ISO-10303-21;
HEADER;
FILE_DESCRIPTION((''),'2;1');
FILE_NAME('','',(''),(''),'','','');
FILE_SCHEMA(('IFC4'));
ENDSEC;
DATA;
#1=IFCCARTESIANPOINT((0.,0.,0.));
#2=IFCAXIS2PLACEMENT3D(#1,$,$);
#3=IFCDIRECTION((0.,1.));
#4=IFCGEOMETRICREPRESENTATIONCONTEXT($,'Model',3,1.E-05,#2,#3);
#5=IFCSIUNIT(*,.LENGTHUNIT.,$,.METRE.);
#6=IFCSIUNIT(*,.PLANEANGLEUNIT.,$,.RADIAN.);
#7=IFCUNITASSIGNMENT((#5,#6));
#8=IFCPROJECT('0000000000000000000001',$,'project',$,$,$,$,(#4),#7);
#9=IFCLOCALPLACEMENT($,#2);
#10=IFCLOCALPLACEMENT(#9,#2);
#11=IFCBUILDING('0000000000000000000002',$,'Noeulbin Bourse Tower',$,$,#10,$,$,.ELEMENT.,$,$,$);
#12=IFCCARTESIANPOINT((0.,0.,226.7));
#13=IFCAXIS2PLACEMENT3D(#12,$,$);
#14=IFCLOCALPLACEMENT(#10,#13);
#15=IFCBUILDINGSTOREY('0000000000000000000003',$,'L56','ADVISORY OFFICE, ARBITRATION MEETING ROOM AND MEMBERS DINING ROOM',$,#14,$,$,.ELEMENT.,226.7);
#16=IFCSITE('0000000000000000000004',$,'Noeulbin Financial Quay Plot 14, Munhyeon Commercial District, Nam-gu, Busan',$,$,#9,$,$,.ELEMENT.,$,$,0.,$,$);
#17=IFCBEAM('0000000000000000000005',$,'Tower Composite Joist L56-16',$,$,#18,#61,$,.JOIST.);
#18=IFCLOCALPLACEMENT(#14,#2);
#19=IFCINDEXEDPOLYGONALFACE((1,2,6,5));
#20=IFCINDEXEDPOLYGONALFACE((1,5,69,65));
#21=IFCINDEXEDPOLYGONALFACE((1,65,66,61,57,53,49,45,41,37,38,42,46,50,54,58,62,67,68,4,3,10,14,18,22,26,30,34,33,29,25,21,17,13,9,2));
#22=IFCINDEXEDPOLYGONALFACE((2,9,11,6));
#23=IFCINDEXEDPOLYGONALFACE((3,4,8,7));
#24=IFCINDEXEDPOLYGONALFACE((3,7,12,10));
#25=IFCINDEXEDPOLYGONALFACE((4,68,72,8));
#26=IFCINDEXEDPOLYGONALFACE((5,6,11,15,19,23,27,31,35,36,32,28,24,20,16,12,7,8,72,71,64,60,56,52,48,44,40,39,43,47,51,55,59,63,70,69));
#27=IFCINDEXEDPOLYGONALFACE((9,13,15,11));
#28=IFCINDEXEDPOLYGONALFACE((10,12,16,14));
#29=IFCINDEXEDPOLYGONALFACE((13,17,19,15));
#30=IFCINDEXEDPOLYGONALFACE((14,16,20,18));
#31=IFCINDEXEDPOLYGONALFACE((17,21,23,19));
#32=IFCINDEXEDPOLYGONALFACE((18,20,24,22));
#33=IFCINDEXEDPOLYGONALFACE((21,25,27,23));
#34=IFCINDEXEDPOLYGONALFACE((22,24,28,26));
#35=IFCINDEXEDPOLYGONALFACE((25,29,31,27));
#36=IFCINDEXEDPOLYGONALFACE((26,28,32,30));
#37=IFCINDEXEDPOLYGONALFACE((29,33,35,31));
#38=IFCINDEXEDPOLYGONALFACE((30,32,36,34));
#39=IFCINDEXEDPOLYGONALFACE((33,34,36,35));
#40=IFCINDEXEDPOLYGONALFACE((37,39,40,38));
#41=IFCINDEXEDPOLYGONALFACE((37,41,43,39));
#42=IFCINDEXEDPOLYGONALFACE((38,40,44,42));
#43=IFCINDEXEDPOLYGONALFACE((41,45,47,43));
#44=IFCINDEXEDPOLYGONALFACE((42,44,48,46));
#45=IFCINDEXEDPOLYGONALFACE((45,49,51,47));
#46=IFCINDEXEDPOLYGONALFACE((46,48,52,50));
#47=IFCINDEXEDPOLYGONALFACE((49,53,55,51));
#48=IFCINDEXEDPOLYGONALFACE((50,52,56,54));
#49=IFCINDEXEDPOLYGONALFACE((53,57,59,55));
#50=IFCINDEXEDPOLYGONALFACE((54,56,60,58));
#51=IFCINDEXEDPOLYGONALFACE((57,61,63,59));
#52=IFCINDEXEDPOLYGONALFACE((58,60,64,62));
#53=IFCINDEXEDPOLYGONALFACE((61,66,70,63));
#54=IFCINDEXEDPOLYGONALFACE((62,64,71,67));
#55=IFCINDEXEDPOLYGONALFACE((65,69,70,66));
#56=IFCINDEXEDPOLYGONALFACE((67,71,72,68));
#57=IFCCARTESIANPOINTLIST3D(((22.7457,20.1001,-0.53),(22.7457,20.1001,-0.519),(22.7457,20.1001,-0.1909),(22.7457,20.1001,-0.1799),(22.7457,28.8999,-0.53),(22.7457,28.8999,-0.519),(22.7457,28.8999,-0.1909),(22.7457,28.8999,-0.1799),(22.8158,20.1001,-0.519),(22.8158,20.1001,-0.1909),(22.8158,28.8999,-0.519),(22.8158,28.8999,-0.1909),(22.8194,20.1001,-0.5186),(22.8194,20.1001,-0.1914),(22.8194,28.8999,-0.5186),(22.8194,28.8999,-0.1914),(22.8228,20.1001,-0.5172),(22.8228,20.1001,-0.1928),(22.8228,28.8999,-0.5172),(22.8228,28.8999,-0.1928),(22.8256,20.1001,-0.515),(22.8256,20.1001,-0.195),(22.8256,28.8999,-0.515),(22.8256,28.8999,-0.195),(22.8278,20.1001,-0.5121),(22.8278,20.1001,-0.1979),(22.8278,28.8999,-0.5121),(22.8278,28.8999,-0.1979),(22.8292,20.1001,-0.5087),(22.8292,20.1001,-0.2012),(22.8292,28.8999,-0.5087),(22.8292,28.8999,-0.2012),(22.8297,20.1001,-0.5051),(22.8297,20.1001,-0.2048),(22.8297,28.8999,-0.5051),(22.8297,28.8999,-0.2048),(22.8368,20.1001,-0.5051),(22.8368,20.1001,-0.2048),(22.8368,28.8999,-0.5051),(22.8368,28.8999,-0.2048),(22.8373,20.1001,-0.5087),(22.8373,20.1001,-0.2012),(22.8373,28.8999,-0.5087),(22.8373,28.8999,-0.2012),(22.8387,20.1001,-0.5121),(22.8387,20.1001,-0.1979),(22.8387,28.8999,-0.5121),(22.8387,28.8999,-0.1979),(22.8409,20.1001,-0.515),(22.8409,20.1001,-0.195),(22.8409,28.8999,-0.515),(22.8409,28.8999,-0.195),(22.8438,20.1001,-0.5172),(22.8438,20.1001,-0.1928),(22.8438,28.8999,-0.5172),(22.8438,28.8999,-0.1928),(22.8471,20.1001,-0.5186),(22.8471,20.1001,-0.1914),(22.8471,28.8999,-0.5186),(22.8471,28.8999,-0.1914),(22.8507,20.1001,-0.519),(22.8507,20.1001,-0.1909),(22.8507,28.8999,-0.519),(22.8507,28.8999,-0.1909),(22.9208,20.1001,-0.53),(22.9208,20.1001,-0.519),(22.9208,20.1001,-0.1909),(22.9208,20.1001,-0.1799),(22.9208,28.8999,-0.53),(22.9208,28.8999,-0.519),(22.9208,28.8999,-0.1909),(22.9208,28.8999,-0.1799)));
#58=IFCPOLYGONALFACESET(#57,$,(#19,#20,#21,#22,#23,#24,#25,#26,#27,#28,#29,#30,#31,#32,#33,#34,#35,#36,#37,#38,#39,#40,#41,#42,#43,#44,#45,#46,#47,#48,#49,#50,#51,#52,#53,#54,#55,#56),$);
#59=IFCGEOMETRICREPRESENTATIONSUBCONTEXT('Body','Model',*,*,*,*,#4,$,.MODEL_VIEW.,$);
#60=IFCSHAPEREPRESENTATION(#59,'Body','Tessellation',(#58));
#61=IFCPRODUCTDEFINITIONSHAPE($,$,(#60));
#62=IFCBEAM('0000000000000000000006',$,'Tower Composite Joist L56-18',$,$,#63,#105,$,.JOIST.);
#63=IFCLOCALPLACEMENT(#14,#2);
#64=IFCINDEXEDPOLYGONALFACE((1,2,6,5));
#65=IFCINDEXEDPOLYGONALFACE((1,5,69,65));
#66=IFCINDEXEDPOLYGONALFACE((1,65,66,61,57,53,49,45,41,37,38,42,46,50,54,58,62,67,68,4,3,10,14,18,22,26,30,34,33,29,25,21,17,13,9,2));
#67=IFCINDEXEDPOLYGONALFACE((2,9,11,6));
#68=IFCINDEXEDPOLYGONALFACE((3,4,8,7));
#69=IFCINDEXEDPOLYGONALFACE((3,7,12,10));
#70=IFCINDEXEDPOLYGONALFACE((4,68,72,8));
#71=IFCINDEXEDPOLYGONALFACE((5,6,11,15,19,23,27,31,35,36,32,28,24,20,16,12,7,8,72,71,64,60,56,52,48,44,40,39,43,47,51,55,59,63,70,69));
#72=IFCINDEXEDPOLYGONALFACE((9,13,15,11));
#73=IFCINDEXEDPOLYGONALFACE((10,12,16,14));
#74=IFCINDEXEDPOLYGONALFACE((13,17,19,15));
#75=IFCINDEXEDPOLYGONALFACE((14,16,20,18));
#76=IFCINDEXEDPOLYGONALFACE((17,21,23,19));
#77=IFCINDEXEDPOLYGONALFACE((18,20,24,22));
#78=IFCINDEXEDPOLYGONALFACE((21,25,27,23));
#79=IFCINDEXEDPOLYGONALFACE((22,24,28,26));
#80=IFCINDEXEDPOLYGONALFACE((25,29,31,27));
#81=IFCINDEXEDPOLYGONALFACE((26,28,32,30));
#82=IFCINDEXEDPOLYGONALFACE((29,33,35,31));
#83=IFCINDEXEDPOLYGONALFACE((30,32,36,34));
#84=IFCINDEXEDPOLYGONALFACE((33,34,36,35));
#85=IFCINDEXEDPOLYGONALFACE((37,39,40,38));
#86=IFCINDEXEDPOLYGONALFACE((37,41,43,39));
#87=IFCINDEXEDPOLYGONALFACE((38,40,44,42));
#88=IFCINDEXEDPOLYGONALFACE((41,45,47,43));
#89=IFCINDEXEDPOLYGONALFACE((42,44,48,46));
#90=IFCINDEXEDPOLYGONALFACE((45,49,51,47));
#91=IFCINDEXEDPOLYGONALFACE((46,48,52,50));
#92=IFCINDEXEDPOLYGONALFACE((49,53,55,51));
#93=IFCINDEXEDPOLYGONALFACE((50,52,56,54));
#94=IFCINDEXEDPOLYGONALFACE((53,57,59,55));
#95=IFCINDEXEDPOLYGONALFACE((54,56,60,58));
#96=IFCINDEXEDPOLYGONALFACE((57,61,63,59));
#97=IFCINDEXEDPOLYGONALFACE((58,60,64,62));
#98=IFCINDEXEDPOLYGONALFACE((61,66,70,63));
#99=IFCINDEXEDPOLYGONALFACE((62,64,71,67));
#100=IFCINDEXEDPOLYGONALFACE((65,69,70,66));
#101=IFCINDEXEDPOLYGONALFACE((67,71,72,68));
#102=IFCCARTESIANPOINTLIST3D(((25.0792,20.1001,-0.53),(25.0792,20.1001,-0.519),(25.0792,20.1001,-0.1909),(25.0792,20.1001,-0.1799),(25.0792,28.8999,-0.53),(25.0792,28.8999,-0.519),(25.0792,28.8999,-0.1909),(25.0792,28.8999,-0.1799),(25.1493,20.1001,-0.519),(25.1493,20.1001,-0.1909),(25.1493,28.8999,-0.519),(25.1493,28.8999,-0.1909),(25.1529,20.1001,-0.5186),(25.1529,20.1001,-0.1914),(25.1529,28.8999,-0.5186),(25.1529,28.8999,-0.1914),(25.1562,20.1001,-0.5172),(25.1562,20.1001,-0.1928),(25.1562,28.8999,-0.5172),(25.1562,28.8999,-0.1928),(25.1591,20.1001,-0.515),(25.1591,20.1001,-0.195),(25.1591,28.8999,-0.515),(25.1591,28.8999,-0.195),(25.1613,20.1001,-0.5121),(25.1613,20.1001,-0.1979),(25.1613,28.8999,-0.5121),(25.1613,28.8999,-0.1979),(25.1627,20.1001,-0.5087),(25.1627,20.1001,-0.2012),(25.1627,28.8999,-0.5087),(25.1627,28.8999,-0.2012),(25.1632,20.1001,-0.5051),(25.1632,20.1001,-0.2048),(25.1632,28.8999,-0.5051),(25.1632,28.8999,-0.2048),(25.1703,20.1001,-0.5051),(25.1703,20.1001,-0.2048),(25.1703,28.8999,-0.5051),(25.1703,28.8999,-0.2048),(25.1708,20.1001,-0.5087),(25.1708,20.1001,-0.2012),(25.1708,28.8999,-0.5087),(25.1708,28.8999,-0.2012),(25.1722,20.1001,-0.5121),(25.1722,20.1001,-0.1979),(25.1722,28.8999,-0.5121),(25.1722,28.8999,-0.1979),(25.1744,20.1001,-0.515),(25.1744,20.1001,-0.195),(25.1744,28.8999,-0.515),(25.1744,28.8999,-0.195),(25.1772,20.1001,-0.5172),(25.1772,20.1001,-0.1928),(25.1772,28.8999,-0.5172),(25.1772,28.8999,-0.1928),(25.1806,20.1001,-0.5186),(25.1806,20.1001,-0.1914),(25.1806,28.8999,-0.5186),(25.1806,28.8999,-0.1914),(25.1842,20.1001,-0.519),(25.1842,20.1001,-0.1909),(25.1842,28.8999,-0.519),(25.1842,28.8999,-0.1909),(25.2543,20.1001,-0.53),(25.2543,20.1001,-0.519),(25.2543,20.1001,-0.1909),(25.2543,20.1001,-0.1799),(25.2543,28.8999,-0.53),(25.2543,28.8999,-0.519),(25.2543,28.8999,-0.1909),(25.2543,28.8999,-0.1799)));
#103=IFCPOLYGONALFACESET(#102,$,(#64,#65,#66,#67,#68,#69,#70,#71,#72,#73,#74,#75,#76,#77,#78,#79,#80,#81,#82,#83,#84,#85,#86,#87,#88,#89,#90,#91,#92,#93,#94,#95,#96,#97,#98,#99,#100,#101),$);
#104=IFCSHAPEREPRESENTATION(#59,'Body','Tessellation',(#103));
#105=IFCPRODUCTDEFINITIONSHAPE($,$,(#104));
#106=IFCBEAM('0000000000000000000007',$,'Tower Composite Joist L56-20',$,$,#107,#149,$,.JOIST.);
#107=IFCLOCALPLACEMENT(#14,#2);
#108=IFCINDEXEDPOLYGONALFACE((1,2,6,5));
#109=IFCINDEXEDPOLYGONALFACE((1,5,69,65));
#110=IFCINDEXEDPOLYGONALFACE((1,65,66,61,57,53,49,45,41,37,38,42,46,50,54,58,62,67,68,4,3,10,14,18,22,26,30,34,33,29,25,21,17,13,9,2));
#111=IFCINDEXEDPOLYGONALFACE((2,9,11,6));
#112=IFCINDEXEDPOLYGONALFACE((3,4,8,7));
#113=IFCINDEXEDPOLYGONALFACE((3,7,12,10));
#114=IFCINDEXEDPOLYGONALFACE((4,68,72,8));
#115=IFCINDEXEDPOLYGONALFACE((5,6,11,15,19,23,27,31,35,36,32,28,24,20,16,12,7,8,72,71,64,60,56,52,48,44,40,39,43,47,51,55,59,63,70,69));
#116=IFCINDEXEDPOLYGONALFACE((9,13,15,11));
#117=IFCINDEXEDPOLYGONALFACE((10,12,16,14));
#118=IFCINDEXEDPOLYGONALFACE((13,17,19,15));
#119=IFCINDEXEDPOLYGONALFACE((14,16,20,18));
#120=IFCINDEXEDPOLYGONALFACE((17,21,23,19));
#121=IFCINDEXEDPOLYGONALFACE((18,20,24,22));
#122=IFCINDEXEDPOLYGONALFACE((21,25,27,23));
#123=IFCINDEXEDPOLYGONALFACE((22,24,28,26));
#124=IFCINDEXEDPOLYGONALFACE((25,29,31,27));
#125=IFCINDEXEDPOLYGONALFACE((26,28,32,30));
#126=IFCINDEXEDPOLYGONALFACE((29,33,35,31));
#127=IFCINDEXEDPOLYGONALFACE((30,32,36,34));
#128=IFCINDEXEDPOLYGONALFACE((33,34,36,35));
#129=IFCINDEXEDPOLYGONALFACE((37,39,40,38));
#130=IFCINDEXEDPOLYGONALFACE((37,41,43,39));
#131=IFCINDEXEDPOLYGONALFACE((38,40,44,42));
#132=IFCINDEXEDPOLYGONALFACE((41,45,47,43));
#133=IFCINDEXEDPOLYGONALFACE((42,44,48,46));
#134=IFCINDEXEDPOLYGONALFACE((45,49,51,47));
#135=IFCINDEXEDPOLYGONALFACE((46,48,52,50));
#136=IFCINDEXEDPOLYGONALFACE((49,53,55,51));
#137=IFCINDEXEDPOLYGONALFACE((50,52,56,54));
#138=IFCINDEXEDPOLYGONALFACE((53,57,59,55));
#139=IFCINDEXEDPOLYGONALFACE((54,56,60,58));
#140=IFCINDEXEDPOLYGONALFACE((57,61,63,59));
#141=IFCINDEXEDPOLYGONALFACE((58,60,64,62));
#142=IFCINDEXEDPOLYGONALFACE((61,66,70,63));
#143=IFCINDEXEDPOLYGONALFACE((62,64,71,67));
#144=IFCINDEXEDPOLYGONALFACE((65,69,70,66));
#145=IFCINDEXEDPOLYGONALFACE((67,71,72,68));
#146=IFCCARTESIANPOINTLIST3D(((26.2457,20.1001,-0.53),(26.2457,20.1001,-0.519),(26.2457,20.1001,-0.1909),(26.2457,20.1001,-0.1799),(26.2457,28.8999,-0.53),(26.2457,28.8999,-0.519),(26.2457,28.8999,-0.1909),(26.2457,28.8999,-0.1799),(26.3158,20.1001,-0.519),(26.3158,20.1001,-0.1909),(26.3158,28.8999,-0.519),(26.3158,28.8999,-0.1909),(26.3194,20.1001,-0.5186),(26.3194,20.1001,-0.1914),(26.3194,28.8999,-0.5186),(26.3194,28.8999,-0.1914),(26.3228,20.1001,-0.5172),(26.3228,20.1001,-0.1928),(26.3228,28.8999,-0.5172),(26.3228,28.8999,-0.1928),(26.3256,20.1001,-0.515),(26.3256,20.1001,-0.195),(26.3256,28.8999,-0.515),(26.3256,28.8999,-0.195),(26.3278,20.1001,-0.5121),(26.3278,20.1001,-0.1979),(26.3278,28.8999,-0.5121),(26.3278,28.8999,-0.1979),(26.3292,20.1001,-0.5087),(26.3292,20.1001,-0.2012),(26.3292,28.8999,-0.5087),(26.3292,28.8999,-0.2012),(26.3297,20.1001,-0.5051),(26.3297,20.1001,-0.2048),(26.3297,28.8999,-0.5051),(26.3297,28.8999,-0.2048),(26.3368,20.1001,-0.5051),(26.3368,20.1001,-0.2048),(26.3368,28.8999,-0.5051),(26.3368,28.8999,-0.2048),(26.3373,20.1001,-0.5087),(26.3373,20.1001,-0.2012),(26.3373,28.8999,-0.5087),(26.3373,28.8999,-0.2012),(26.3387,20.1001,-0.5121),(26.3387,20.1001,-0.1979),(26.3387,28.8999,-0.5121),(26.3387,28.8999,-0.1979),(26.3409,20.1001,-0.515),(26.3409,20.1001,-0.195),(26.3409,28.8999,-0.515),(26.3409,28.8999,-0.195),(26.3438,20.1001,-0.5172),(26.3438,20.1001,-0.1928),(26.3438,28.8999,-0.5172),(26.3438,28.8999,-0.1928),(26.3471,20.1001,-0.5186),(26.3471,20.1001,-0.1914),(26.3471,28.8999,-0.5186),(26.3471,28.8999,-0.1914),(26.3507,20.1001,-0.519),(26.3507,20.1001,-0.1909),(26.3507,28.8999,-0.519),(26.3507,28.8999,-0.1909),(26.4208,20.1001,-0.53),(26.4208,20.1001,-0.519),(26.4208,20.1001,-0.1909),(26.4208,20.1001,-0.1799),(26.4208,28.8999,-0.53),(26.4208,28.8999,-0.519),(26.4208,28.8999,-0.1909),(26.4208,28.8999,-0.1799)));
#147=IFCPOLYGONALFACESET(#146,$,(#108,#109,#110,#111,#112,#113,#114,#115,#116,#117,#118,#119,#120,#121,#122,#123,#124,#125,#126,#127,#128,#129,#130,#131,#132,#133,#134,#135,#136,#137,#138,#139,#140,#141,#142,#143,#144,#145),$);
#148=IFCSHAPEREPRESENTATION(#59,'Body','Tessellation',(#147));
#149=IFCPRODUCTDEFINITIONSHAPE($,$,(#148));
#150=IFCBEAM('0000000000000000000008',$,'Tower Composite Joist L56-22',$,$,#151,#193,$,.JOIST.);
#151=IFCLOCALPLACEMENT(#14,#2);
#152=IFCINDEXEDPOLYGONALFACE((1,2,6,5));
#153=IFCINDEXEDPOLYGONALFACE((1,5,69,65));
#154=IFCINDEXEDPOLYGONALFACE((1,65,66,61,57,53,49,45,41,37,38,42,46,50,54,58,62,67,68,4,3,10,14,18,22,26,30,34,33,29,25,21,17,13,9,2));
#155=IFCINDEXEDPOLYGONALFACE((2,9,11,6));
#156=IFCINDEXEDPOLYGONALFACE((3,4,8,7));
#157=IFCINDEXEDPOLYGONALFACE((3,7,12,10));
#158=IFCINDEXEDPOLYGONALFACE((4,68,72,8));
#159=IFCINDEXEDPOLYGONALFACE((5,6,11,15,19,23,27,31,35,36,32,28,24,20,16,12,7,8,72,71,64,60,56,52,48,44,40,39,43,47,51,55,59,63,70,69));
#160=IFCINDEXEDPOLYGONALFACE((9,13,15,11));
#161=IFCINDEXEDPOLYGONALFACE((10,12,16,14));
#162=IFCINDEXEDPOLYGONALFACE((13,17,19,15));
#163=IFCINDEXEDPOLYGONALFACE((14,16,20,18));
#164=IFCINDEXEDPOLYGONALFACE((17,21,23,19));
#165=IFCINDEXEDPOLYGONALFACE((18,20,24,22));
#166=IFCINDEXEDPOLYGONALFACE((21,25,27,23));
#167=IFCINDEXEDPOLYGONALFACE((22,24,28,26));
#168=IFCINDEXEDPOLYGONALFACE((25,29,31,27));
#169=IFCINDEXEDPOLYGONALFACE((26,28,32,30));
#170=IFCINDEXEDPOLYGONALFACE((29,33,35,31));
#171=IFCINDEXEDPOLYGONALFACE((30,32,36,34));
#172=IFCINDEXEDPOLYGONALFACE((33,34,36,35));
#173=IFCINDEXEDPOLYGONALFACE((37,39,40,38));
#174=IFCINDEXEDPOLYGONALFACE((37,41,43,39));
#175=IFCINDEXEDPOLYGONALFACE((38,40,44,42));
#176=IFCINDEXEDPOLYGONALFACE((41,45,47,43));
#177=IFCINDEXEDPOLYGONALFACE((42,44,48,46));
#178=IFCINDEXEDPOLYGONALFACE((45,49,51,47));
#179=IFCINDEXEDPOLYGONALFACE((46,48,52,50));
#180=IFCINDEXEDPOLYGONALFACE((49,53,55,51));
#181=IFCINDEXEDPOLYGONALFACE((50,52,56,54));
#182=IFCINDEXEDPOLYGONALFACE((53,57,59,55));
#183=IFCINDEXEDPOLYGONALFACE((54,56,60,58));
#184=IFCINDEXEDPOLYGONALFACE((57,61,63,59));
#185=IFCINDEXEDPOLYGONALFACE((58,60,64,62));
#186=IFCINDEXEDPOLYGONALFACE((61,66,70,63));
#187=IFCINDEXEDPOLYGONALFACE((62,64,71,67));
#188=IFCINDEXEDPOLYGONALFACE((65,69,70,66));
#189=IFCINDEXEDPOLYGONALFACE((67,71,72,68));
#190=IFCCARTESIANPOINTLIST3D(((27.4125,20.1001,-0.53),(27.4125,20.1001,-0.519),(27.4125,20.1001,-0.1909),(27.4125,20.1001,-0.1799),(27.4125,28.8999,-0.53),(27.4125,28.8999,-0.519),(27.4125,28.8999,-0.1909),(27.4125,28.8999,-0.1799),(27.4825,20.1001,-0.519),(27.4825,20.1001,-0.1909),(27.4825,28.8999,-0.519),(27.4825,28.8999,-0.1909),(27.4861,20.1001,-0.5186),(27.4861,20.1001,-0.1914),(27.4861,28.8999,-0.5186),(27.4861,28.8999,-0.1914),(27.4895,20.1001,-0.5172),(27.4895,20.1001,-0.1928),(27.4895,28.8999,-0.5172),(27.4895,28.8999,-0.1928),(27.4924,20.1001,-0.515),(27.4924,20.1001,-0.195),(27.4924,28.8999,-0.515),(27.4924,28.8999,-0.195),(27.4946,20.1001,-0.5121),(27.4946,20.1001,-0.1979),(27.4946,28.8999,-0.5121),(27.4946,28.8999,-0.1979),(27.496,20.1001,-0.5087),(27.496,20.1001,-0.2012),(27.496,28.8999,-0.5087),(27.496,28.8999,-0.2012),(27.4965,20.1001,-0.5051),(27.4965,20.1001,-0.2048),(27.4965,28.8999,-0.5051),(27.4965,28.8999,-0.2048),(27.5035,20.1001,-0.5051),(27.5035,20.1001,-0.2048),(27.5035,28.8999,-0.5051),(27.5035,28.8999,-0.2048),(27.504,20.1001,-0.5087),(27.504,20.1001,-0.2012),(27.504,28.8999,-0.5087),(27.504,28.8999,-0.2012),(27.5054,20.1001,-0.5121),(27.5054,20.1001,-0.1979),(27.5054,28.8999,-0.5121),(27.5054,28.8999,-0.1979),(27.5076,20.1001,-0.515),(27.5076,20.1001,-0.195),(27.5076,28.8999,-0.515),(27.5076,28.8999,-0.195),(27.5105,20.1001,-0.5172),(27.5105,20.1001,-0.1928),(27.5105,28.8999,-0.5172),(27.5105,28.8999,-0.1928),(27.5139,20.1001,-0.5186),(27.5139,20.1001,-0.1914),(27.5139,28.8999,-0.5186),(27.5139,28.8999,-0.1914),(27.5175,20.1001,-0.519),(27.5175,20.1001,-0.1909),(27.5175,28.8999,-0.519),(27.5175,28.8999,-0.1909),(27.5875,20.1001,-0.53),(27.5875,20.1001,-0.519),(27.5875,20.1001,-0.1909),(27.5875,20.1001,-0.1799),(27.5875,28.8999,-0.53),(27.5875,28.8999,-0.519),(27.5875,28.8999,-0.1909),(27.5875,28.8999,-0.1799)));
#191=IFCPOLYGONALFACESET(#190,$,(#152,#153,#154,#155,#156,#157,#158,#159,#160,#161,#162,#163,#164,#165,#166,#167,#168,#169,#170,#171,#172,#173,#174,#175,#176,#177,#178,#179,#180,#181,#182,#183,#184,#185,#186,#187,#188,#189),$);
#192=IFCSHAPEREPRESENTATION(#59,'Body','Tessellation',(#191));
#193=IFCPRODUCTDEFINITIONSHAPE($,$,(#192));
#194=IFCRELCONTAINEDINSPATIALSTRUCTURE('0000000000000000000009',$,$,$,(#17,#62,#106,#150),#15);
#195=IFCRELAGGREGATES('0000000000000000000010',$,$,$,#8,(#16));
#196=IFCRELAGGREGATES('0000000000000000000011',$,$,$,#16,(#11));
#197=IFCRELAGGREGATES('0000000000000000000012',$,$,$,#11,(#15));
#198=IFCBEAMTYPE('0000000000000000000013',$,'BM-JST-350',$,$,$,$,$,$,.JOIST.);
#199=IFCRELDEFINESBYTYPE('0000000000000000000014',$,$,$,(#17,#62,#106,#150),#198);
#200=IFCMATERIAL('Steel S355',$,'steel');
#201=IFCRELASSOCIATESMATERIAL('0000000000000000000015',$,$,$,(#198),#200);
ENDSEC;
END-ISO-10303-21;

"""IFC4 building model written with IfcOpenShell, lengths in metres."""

from ifc_helpers import new_model, si_unit, direction, frame, origin, origin_2d, place, context, subcontext, project, spatial, i_section, extrude, material, material_profile, profile_set, type_object, element, save


model = new_model("IFC4")

# Units and contexts
model_context = context("Model", 3, precision=1e-05, world=origin(), true_north=direction((0.0, 1.0)))
body_context = subcontext(model_context, "Body", "Model", "MODEL_VIEW")
ifc_project = project(units=[si_unit("LENGTHUNIT", "METRE"), si_unit("PLANEANGLEUNIT", "RADIAN")], contexts=[model_context])

# Site, building, storey
site_placement = place(None, origin())
site = spatial("IfcSite", under=ifc_project, at=site_placement, Name="Noeulbin Financial Quay Plot 14, Munhyeon Commercial District, Nam-gu, Busan", CompositionType="ELEMENT", RefElevation=0.0)
building_placement = place(site_placement, origin())
building = spatial("IfcBuilding", under=site, at=building_placement, Name="Noeulbin Bourse Tower", CompositionType="ELEMENT")
storey_placement = place(building_placement, frame((0.0, 0.0, 226.7)))
storey = spatial("IfcBuildingStorey", under=building, at=storey_placement, Name="L56", Description="ADVISORY OFFICE, ARBITRATION MEETING ROOM AND MEMBERS DINING ROOM", CompositionType="ELEMENT", Elevation=226.7)

# Shared definitions
ifc_material_1 = material(Name="Steel S355", Category="steel")

# Beams
ifc_material_profile_1 = material_profile(ifc_material_1, i_section(OverallWidth=0.175, OverallDepth=0.3501, WebThickness=0.0071, FlangeThickness=0.011, FilletRadius=0.0139, at=origin_2d()), Name="H-350x175x7x11", Category="LoadBearing")
ifc_profile_set_1 = profile_set([ifc_material_profile_1], Name="Steel S355")
beam_type = type_object("IfcBeamType", Name="BM-JST-350", PredefinedType="JOIST", material=ifc_profile_set_1)
for number, where, z_axis, x_axis, name in (
    (1, (22.8333, 20.1001, -0.355), (0.0, 1.0, 0.0), (-1.0, 0.0, 0.0), "Tower Composite Joist L56-16"),
    (2, (25.1667, 20.1001, -0.355), (0.0, 1.0, 0.0), (-1.0, 0.0, 0.0), "Tower Composite Joist L56-18"),
    (3, (26.3333, 20.1001, -0.355), (0.0, 1.0, 0.0), (-1.0, 0.0, 0.0), "Tower Composite Joist L56-20"),
    (4, (27.5, 20.1001, -0.355), (0.0, 1.0, 0.0), (-1.0, 0.0, 0.0), "Tower Composite Joist L56-22"),
):
    element("IfcBeam", number, at=place(storey_placement, frame(where, z_axis=z_axis, x_axis=x_axis)), inside=storey, type_object=beam_type, Name=name, PredefinedType="JOIST", context=body_context, shape_type="SweptSolid", body=[
        extrude(i_section(OverallWidth=0.175, OverallDepth=0.3501, WebThickness=0.0071, FlangeThickness=0.011, FilletRadius=0.0139, at=origin_2d()), origin(), (0.0, 0.0, 1.0), 8.7998),
    ])

save(model, "model.ifc")
